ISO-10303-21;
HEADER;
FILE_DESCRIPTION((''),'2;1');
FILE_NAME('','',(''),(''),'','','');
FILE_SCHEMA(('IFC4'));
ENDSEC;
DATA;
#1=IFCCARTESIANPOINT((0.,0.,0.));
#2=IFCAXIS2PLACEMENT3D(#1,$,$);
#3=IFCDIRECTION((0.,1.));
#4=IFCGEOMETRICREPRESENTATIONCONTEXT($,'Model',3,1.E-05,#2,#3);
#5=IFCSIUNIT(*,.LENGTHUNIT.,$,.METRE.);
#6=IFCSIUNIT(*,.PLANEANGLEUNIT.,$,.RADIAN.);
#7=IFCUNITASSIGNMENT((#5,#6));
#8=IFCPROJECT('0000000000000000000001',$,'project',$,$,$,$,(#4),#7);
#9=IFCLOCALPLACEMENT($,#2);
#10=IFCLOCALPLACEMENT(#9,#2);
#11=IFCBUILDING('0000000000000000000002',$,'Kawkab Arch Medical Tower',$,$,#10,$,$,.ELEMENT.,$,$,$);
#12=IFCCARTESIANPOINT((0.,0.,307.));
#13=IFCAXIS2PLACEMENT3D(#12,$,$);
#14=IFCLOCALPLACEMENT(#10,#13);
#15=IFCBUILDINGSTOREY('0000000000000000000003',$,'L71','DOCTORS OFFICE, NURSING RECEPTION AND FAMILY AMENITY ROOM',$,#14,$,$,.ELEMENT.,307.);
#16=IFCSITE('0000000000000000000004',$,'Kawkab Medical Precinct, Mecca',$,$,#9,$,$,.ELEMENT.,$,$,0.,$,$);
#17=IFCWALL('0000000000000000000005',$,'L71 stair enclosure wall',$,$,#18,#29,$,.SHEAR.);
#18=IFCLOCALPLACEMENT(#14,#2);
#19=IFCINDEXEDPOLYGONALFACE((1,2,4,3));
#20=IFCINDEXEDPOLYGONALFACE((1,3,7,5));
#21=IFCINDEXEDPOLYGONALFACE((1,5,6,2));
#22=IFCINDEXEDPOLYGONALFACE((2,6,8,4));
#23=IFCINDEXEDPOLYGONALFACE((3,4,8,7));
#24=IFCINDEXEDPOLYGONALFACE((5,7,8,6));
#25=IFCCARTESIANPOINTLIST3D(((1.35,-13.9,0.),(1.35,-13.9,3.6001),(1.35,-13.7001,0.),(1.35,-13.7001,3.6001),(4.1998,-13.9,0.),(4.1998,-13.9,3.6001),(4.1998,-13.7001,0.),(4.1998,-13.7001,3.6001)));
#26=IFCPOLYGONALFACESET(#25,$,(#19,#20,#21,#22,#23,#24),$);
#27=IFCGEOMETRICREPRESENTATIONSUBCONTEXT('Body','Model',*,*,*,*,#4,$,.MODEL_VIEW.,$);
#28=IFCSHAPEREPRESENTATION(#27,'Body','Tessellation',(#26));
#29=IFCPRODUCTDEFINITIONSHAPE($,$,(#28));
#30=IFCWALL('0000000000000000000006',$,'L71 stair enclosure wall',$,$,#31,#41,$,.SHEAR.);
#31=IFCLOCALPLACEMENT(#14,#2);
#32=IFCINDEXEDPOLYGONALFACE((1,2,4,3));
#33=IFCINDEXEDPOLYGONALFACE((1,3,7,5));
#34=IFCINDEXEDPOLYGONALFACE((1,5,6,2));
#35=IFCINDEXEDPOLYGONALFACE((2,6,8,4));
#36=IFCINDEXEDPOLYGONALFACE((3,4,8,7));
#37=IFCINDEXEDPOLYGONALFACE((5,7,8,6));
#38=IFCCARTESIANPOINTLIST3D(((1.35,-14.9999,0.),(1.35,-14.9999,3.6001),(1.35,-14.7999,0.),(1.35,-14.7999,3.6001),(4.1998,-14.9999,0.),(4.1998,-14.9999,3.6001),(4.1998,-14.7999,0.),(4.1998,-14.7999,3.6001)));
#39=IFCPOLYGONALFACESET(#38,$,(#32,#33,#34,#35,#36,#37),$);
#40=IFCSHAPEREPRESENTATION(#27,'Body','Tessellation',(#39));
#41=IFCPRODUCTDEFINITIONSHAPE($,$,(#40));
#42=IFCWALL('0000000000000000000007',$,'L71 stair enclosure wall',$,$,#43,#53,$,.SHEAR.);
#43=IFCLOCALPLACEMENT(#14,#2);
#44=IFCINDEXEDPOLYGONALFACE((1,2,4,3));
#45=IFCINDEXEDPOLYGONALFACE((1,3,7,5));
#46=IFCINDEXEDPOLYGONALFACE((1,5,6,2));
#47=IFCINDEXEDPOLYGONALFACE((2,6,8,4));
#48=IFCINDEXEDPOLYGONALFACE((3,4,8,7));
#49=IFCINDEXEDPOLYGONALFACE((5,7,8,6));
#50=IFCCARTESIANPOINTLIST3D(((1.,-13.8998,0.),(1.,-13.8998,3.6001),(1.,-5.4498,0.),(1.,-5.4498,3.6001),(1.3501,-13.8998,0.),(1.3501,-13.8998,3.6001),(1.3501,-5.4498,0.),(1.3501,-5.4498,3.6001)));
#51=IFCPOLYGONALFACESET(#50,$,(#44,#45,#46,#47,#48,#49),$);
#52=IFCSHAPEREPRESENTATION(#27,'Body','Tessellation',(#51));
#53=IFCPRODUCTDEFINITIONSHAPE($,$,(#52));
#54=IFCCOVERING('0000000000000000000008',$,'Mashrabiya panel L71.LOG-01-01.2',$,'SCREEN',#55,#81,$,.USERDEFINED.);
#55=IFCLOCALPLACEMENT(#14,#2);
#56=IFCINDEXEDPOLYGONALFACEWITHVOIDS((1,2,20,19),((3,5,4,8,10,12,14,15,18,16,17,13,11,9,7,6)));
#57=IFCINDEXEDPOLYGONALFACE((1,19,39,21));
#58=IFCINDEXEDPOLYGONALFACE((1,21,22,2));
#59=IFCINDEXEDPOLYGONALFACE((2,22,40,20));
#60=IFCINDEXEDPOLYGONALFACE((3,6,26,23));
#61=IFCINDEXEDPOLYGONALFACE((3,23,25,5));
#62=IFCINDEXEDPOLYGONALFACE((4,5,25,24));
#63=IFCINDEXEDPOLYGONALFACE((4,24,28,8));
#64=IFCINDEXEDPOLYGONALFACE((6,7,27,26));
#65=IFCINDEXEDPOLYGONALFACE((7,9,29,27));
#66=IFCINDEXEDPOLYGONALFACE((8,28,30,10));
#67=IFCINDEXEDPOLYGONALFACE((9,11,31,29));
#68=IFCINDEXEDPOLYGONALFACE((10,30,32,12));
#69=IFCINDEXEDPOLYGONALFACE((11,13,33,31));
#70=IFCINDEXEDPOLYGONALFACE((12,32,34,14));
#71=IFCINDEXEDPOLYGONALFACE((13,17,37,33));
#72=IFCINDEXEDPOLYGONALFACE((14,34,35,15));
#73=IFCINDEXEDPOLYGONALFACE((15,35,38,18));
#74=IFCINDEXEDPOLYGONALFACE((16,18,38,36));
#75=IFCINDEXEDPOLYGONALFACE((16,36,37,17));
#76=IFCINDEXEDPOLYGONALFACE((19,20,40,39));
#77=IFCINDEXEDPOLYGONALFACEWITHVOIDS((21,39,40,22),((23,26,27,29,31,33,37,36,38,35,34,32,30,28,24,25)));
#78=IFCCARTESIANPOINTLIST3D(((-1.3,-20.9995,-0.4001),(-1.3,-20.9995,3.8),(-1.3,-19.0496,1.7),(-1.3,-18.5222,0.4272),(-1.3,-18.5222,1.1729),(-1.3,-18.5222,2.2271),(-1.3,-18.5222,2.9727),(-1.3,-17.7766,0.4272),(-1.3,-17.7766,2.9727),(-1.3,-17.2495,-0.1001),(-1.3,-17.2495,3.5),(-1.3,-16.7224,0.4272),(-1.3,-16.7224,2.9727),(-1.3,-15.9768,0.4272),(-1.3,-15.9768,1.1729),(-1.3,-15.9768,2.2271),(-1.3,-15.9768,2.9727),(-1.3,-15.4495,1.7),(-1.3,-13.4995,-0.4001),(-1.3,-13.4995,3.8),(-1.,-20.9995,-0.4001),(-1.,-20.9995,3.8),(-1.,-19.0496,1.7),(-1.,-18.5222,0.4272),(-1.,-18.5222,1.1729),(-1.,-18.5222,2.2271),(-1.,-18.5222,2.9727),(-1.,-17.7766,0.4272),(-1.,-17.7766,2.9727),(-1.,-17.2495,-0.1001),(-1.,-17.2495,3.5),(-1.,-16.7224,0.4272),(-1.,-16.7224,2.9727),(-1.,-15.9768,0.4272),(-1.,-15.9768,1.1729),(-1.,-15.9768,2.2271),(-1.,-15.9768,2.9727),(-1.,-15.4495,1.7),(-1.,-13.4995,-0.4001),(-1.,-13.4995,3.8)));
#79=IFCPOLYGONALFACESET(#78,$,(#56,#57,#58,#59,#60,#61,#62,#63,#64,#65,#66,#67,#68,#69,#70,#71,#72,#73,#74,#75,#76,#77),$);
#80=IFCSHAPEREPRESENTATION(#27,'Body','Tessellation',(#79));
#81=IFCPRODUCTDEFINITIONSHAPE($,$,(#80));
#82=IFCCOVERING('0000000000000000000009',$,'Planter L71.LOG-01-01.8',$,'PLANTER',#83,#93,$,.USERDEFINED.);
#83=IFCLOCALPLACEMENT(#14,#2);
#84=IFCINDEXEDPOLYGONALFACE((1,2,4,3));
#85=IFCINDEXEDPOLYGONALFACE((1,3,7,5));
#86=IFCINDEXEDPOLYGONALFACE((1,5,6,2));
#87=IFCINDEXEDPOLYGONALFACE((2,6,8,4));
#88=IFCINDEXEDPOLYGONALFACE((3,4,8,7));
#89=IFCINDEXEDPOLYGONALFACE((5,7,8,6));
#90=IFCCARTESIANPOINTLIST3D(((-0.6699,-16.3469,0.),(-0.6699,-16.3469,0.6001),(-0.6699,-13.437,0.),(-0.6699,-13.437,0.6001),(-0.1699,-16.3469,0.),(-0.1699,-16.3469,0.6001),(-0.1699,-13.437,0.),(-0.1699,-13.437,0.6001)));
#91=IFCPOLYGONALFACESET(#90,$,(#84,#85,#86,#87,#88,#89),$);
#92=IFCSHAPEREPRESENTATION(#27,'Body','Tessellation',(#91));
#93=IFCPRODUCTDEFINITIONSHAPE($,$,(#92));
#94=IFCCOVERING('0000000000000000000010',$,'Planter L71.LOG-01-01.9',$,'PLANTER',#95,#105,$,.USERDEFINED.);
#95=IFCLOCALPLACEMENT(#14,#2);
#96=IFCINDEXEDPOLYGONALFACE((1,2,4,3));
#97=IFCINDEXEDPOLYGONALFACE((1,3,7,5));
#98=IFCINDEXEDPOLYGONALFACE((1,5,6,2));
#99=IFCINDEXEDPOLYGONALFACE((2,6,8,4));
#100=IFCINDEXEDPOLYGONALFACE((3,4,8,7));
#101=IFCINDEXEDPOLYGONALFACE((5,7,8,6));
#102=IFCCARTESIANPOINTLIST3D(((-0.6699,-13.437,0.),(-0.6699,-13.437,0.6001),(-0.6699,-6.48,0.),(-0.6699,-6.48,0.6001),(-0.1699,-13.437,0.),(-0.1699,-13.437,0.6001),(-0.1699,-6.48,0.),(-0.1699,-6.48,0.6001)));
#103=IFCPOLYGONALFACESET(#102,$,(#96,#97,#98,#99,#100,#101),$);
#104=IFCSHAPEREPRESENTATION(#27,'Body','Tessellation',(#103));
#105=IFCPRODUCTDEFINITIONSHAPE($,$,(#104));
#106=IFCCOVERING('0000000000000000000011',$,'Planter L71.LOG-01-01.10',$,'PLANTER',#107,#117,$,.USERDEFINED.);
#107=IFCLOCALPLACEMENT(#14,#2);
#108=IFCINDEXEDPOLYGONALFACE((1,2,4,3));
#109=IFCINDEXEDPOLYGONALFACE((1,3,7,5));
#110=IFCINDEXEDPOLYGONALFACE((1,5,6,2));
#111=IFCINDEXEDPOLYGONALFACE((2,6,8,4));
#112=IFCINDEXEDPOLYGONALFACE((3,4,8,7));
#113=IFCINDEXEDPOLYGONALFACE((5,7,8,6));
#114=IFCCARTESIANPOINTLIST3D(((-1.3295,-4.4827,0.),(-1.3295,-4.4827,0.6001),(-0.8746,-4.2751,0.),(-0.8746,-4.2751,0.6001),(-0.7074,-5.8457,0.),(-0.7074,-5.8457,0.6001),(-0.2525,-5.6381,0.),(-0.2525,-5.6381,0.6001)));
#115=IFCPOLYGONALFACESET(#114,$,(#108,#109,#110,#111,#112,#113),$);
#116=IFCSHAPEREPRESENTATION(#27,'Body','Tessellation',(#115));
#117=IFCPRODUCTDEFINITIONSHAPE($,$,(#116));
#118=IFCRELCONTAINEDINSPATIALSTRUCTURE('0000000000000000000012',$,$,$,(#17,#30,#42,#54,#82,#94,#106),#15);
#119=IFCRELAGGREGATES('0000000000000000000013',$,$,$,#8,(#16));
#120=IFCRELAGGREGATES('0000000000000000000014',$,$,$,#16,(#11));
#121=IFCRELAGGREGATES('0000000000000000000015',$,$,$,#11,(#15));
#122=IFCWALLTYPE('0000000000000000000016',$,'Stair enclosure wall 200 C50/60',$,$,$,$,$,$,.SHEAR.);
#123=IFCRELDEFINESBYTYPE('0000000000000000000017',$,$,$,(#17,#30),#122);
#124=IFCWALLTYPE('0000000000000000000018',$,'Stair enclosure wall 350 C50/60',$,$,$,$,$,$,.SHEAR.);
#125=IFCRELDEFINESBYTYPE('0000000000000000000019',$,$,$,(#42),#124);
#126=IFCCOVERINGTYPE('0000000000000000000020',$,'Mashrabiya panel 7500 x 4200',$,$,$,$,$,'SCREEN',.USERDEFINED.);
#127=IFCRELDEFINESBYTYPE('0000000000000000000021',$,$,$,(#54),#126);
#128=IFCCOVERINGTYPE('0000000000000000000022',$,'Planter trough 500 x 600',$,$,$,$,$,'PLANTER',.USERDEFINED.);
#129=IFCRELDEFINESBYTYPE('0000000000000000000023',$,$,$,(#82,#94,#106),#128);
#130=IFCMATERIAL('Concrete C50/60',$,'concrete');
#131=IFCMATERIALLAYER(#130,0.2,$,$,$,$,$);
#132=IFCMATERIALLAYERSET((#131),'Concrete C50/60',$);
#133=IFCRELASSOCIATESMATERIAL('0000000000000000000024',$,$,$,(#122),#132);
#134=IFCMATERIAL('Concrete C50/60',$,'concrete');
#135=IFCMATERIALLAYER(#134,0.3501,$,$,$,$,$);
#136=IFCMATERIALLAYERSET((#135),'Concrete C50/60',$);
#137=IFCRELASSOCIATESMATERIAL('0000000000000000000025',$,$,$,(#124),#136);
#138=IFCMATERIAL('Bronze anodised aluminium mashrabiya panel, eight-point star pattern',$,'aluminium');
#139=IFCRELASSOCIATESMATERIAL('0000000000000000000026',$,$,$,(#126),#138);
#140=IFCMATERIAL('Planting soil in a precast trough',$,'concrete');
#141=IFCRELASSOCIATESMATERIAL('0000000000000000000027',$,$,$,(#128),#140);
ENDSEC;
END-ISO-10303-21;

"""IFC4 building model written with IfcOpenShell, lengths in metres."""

from ifc_helpers import new_model, si_unit, direction, frame, frame_2d, origin, origin_2d, place, context, subcontext, project, spatial, polyline, rectangle, outline, extrude, material, layer, layer_set, material_profile, profile_set, type_object, element, save


model = new_model("IFC4")

# Units and contexts
model_context = context("Model", 3, precision=1e-05, world=origin(), true_north=direction((0.0, 1.0)))
body_context = subcontext(model_context, "Body", "Model", "MODEL_VIEW")
ifc_project = project(units=[si_unit("LENGTHUNIT", "METRE"), si_unit("PLANEANGLEUNIT", "RADIAN")], contexts=[model_context])

# Site, building, storey
site_placement = place(None, origin())
site = spatial("IfcSite", under=ifc_project, at=site_placement, Name="Kawkab Medical Precinct, Mecca", CompositionType="ELEMENT", RefElevation=0.0)
building_placement = place(site_placement, origin())
building = spatial("IfcBuilding", under=site, at=building_placement, Name="Kawkab Arch Medical Tower", CompositionType="ELEMENT")
storey_placement = place(building_placement, frame((0.0, 0.0, 307.0)))
storey = spatial("IfcBuildingStorey", under=building, at=storey_placement, Name="L71", Description="DOCTORS OFFICE, NURSING RECEPTION AND FAMILY AMENITY ROOM", CompositionType="ELEMENT", Elevation=307.0)

# Walls
ifc_material_1 = material(Name="Concrete C50/60", Category="concrete")
ifc_layer_1 = layer(ifc_material_1, 0.2)
ifc_layer_set_1 = layer_set([ifc_layer_1], Name="Concrete C50/60")
wall_type_1 = type_object("IfcWallType", Name="Stair enclosure wall 200 C50/60", PredefinedType="SHEAR", material=ifc_layer_set_1)
for number, where, z_axis, x_axis, name in (
    (1, (1.3501, -13.8, 0.0), (0.0, 0.0, 1.0), (1.0, 0.0, 0.0), "L71 stair enclosure wall"),
    (2, (1.3501, -14.8999, 0.0), (0.0, 0.0, 1.0), (1.0, 0.0, 0.0), "L71 stair enclosure wall"),
):
    element("IfcWall", number, at=place(storey_placement, frame(where, z_axis=z_axis, x_axis=x_axis)), inside=storey, type_object=wall_type_1, Name=name, PredefinedType="SHEAR", context=body_context, shape_type="SweptSolid", body=[
        extrude(rectangle(XDim=2.8499, YDim=0.2, at=frame_2d((1.4248, 0.0))), origin(), (0.0, 0.0, 1.0), 3.6001),
    ])
ifc_material_2 = material(Name="Concrete C50/60", Category="concrete")
ifc_layer_2 = layer(ifc_material_2, 0.3501)
ifc_layer_set_2 = layer_set([ifc_layer_2], Name="Concrete C50/60")
wall_type_2 = type_object("IfcWallType", Name="Stair enclosure wall 350 C50/60", PredefinedType="SHEAR", material=ifc_layer_set_2)
wall_1_placement = place(storey_placement, frame((1.175, -13.8999, 0.0), z_axis=(0.0, 0.0, 1.0), x_axis=(0.0, 1.0, 0.0)))
element("IfcWall", 3, at=wall_1_placement, inside=storey, type_object=wall_type_2, Name="L71 stair enclosure wall", PredefinedType="SHEAR", context=body_context, shape_type="SweptSolid", body=[
    extrude(rectangle(XDim=8.45, YDim=0.3501, at=frame_2d((4.2251, 0.0))), origin(), (0.0, 0.0, 1.0), 3.6001),
])

# Coverings
ifc_material_3 = material(Name="Bronze anodised aluminium mashrabiya panel, eight-point star pattern", Category="aluminium")
ifc_material_profile_1 = material_profile(ifc_material_3, outline(polyline([(-3.75, -2.1001), (3.75, -2.1001), (3.75, 2.1001), (-3.75, 2.1001), (-3.75, -2.1001)]), holes=[polyline([(1.8, 0.0), (1.2727, 0.5271), (1.2727, 1.2727), (0.5271, 1.2727), (0.0, 1.8), (-0.5271, 1.2727), (-1.2727, 1.2727), (-1.2727, 0.5271), (-1.8, 0.0), (-1.2727, -0.5271), (-1.2727, -1.2727), (-0.5271, -1.2727), (0.0, -1.8), (0.5271, -1.2727), (1.2727, -1.2727), (1.2727, -0.5271), (1.8, 0.0)])]), Name="Mashrabiya panel 7500x4200")
ifc_profile_set_1 = profile_set([ifc_material_profile_1], Name="Bronze anodised aluminium mashrabiya panel, eight-point star pattern")
covering_type_1 = type_object("IfcCoveringType", Name="Mashrabiya panel 7500 x 4200", ElementType="SCREEN", PredefinedType="USERDEFINED", material=ifc_profile_set_1)
covering_1_placement = place(storey_placement, frame((-1.0, -17.2495, 1.7), z_axis=(-1.0, 0.0, 0.0), x_axis=(0.0, -1.0, 0.0)))
element("IfcCovering", 4, at=covering_1_placement, inside=storey, type_object=covering_type_1, Name="Mashrabiya panel L71.LOG-01-01.2", ObjectType="SCREEN", PredefinedType="USERDEFINED", context=body_context, shape_type="SweptSolid", body=[
    extrude(outline(polyline([(-3.75, -2.1001), (3.75, -2.1001), (3.75, 2.1001), (-3.75, 2.1001), (-3.75, -2.1001)]), holes=[polyline([(1.8, 0.0), (1.2727, 0.5271), (1.2727, 1.2727), (0.5271, 1.2727), (0.0, 1.8), (-0.5271, 1.2727), (-1.2727, 1.2727), (-1.2727, 0.5271), (-1.8, 0.0), (-1.2727, -0.5271), (-1.2727, -1.2727), (-0.5271, -1.2727), (0.0, -1.8), (0.5271, -1.2727), (1.2727, -1.2727), (1.2727, -0.5271), (1.8, 0.0)])]), origin(), (0.0, 0.0, 1.0), 0.3),
])
ifc_material_4 = material(Name="Planting soil in a precast trough", Category="concrete")
ifc_material_profile_2 = material_profile(ifc_material_4, rectangle(XDim=0.5, YDim=0.6001, at=origin_2d()), Name="Trough 500x600")
ifc_profile_set_2 = profile_set([ifc_material_profile_2], Name="Planting soil in a precast trough")
covering_type_2 = type_object("IfcCoveringType", Name="Planter trough 500 x 600", ElementType="PLANTER", PredefinedType="USERDEFINED", material=ifc_profile_set_2)
covering_2_placement = place(storey_placement, frame((-0.4199, -16.3469, 0.3), z_axis=(0.0, 1.0, 0.0), x_axis=(-1.0, 0.0, 0.0)))
element("IfcCovering", 5, at=covering_2_placement, inside=storey, type_object=covering_type_2, Name="Planter L71.LOG-01-01.8", ObjectType="PLANTER", PredefinedType="USERDEFINED", context=body_context, shape_type="SweptSolid", body=[
    extrude(rectangle(XDim=0.5, YDim=0.6001, at=origin_2d()), origin(), (0.0, 0.0, 1.0), 2.9099),
])
covering_3_placement = place(storey_placement, frame((-0.4199, -13.437, 0.3), z_axis=(0.0, 1.0, 0.0), x_axis=(-1.0, 0.0, 0.0)))
element("IfcCovering", 6, at=covering_3_placement, inside=storey, type_object=covering_type_2, Name="Planter L71.LOG-01-01.9", ObjectType="PLANTER", PredefinedType="USERDEFINED", context=body_context, shape_type="SweptSolid", body=[
    extrude(rectangle(XDim=0.5, YDim=0.6001, at=origin_2d()), origin(), (0.0, 0.0, 1.0), 6.957),
])
covering_4_placement = place(storey_placement, frame((-0.48, -5.7419, 0.3), z_axis=(-0.41519, 0.909735, 0.0), x_axis=(-0.909735, -0.41519, 0.0)))
element("IfcCovering", 7, at=covering_4_placement, inside=storey, type_object=covering_type_2, Name="Planter L71.LOG-01-01.10", ObjectType="PLANTER", PredefinedType="USERDEFINED", context=body_context, shape_type="SweptSolid", body=[
    extrude(rectangle(XDim=0.5, YDim=0.6001, at=origin_2d()), origin(), (0.0, 0.0, 1.0), 1.4983),
])

save(model, "model.ifc")
